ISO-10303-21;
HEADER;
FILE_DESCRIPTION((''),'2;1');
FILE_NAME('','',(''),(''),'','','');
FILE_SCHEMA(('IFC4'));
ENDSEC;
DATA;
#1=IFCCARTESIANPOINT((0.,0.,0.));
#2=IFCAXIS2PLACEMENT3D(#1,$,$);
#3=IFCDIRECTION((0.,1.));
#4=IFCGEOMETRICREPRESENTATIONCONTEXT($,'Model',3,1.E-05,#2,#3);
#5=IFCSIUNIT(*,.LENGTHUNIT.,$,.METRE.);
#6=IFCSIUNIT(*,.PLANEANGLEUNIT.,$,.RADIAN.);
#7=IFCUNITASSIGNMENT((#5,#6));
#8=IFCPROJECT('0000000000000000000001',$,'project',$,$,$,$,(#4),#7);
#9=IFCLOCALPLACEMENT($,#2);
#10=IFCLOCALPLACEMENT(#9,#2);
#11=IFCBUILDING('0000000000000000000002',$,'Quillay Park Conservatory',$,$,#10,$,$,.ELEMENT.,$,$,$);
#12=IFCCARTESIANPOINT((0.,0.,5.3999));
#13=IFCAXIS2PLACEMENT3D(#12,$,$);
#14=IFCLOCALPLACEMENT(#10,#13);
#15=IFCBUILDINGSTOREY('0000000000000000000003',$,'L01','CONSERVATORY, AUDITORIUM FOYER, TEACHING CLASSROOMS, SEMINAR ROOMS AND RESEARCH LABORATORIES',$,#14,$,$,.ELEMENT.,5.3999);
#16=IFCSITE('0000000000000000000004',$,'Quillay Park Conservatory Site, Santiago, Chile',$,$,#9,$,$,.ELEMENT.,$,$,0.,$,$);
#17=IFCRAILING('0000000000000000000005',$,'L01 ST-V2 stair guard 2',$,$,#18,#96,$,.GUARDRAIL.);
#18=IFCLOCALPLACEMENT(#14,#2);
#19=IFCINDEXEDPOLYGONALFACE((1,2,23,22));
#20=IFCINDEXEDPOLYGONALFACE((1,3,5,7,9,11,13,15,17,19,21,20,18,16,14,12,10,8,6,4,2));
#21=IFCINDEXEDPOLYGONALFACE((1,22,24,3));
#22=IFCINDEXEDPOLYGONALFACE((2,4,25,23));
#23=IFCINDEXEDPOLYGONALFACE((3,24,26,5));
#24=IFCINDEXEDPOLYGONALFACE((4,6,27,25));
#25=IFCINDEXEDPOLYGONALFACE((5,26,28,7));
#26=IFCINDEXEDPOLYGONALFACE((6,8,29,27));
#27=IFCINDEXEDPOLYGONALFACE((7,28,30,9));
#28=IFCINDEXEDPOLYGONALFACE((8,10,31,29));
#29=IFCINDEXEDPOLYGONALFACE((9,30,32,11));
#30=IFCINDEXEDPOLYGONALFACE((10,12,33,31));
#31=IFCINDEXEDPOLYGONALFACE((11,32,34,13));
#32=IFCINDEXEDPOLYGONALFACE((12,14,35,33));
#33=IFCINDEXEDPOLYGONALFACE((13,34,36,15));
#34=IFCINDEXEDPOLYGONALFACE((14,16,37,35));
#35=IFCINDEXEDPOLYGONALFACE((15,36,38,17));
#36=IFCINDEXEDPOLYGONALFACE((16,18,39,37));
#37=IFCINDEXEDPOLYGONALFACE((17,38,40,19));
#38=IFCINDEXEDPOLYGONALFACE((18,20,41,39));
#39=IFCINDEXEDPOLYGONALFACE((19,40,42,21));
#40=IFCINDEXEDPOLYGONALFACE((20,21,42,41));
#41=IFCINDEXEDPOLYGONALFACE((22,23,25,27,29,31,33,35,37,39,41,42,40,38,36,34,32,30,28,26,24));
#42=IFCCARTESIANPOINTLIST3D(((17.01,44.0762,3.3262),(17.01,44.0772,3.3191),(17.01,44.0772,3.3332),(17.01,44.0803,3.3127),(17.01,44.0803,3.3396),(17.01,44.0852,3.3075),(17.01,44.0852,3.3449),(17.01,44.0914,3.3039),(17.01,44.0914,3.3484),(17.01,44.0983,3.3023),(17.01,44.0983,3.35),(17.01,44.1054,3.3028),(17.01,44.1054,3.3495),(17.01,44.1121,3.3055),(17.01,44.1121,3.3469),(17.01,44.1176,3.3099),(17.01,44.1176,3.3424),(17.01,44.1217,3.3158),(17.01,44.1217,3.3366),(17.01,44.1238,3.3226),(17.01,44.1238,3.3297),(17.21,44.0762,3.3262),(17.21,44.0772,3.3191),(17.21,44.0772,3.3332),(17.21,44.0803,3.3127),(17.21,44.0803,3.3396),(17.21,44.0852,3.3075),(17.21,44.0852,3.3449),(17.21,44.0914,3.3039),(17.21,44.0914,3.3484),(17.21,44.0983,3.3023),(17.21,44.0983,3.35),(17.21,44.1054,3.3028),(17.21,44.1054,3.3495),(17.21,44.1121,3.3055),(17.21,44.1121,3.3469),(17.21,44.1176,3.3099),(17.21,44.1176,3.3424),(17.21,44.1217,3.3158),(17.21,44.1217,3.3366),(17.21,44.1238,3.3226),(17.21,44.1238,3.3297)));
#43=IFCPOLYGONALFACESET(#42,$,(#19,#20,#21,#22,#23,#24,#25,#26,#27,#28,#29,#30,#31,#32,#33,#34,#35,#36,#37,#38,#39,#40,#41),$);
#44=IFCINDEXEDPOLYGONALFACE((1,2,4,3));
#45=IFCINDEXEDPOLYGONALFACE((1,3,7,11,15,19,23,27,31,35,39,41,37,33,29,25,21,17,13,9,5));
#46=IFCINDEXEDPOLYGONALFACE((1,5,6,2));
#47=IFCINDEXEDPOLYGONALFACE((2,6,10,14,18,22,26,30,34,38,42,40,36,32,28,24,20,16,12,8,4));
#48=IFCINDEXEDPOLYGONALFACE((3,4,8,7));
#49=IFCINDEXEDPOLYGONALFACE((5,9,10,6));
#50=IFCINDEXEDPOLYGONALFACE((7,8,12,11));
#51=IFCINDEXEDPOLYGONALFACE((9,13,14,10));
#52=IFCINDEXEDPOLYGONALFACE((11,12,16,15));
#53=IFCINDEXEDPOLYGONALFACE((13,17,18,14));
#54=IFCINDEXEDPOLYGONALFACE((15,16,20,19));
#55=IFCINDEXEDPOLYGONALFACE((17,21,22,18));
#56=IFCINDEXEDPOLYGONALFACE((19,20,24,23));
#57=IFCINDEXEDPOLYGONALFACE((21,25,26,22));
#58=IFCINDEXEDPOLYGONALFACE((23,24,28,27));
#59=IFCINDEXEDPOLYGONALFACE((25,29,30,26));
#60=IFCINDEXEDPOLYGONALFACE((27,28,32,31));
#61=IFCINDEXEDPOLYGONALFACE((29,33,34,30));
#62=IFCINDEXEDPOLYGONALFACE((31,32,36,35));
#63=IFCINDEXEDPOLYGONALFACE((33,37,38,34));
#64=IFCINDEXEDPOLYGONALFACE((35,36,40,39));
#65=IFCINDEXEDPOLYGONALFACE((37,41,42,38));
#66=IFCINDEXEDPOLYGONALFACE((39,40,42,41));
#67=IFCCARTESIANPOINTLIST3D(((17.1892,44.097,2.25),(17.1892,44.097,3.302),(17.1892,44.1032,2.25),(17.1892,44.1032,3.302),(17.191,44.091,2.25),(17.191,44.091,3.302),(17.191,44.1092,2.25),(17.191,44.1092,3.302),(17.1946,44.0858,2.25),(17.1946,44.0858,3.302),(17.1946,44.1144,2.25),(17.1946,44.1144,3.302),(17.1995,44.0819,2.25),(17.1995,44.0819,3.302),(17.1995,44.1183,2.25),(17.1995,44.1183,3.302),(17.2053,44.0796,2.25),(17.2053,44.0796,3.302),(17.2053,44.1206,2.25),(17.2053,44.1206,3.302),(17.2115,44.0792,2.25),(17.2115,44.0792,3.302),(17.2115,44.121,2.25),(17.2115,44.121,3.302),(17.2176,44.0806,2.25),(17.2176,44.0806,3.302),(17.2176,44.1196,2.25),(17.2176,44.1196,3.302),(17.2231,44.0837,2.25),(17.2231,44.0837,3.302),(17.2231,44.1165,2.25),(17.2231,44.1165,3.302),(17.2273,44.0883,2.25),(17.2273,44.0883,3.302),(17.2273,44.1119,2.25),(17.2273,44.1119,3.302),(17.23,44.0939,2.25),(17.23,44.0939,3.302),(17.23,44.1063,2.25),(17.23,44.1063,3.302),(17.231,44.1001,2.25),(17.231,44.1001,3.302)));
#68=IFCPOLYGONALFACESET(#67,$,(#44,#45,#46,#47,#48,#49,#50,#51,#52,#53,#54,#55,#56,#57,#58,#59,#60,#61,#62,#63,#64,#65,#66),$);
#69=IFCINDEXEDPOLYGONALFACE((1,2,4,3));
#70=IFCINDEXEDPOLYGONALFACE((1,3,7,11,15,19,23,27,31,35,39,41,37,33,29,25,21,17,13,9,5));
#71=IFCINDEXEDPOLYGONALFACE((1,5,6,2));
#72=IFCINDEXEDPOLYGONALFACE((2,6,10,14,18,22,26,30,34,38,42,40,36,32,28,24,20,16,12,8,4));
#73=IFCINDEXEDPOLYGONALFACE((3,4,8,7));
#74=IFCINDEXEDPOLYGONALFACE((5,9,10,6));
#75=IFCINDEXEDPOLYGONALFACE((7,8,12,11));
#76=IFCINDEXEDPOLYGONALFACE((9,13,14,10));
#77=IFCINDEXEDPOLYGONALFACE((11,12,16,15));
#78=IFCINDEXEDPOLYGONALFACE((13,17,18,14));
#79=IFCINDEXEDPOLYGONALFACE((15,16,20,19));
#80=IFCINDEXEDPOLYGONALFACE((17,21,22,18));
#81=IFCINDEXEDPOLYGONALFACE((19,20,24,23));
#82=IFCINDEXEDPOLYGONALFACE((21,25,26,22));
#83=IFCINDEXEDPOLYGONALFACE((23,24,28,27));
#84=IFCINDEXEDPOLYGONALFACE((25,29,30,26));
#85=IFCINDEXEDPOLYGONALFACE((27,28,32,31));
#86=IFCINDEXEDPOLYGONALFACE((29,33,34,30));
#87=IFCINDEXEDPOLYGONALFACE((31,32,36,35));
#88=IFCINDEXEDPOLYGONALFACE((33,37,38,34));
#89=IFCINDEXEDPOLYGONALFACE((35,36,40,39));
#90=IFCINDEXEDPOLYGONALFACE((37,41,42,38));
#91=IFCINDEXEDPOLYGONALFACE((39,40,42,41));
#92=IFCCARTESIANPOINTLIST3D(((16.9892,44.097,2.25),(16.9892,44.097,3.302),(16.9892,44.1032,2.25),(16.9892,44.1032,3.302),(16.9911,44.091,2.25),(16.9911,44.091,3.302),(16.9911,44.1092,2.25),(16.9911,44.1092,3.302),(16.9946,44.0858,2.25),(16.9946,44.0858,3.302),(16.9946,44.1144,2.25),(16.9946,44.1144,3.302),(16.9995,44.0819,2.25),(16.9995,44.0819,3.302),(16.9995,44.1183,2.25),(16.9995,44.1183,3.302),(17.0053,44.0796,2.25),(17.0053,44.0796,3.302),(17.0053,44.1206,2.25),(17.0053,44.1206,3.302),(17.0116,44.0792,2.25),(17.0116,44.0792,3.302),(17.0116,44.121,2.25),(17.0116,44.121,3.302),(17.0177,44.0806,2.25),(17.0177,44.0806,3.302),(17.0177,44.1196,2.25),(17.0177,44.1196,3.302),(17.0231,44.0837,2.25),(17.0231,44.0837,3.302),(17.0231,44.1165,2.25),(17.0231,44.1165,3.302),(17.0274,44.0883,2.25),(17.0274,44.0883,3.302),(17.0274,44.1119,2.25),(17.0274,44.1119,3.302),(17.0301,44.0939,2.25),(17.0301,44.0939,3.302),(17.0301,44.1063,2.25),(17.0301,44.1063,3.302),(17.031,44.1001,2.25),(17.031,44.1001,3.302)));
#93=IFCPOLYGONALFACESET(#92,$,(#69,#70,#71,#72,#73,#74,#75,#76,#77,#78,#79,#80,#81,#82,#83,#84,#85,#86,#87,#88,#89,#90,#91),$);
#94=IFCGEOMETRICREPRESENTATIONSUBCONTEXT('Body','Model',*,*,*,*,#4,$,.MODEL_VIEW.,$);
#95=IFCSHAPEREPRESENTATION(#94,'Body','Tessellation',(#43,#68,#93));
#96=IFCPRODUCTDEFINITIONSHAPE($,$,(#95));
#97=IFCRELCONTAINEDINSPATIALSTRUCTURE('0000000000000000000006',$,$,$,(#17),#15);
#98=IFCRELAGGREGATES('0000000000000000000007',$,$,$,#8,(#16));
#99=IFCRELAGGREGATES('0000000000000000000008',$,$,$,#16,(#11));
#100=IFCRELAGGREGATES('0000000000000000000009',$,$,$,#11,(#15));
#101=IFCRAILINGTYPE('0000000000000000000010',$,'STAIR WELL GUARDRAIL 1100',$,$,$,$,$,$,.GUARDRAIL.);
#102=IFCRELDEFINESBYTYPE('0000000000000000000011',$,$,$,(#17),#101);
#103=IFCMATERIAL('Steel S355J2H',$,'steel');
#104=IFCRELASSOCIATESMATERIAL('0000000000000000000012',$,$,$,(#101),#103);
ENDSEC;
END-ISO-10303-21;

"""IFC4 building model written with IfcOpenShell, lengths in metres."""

from ifc_helpers import new_model, si_unit, direction, frame, origin, origin_2d, place, context, subcontext, project, spatial, circle, extrude, material, type_object, element, save


model = new_model("IFC4")

# Units and contexts
model_context = context("Model", 3, precision=1e-05, world=origin(), true_north=direction((0.0, 1.0)))
body_context = subcontext(model_context, "Body", "Model", "MODEL_VIEW")
ifc_project = project(units=[si_unit("LENGTHUNIT", "METRE"), si_unit("PLANEANGLEUNIT", "RADIAN")], contexts=[model_context])

# Site, building, storey
site_placement = place(None, origin())
site = spatial("IfcSite", under=ifc_project, at=site_placement, Name="Quillay Park Conservatory Site, Santiago, Chile", CompositionType="ELEMENT", RefElevation=0.0)
building_placement = place(site_placement, origin())
building = spatial("IfcBuilding", under=site, at=building_placement, Name="Quillay Park Conservatory", CompositionType="ELEMENT")
storey_placement = place(building_placement, frame((0.0, 0.0, 5.3999)))
storey = spatial("IfcBuildingStorey", under=building, at=storey_placement, Name="L01", Description="CONSERVATORY, AUDITORIUM FOYER, TEACHING CLASSROOMS, SEMINAR ROOMS AND RESEARCH LABORATORIES", CompositionType="ELEMENT", Elevation=5.3999)

# Railing
ifc_material_1 = material(Name="Steel S355J2H", Category="steel")
railing_type_1 = type_object("IfcRailingType", Name="STAIR WELL GUARDRAIL 1100", PredefinedType="GUARDRAIL", material=ifc_material_1)
railing_1_placement = place(storey_placement, frame((17.21, 44.1001, 2.25)))
element("IfcRailing", 1, at=railing_1_placement, inside=storey, type_object=railing_type_1, Name="L01 ST-V2 stair guard 2", PredefinedType="GUARDRAIL", context=body_context, shape_type="SweptSolid", body=[
    extrude(circle(Radius=0.0239, at=origin_2d()), frame((0.0, 0.0, 1.0762), z_axis=(-1.0, 0.0, 0.0), x_axis=(0.0, -1.0, 0.0)), (0.0, 0.0, 1.0), 0.2),
    extrude(circle(Radius=0.021, at=origin_2d()), origin(), (0.0, 0.0, 1.0), 1.052),
    extrude(circle(Radius=0.021, at=origin_2d()), frame((-0.2, 0.0, 0.0)), (0.0, 0.0, 1.0), 1.052),
])

save(model, "model.ifc")
